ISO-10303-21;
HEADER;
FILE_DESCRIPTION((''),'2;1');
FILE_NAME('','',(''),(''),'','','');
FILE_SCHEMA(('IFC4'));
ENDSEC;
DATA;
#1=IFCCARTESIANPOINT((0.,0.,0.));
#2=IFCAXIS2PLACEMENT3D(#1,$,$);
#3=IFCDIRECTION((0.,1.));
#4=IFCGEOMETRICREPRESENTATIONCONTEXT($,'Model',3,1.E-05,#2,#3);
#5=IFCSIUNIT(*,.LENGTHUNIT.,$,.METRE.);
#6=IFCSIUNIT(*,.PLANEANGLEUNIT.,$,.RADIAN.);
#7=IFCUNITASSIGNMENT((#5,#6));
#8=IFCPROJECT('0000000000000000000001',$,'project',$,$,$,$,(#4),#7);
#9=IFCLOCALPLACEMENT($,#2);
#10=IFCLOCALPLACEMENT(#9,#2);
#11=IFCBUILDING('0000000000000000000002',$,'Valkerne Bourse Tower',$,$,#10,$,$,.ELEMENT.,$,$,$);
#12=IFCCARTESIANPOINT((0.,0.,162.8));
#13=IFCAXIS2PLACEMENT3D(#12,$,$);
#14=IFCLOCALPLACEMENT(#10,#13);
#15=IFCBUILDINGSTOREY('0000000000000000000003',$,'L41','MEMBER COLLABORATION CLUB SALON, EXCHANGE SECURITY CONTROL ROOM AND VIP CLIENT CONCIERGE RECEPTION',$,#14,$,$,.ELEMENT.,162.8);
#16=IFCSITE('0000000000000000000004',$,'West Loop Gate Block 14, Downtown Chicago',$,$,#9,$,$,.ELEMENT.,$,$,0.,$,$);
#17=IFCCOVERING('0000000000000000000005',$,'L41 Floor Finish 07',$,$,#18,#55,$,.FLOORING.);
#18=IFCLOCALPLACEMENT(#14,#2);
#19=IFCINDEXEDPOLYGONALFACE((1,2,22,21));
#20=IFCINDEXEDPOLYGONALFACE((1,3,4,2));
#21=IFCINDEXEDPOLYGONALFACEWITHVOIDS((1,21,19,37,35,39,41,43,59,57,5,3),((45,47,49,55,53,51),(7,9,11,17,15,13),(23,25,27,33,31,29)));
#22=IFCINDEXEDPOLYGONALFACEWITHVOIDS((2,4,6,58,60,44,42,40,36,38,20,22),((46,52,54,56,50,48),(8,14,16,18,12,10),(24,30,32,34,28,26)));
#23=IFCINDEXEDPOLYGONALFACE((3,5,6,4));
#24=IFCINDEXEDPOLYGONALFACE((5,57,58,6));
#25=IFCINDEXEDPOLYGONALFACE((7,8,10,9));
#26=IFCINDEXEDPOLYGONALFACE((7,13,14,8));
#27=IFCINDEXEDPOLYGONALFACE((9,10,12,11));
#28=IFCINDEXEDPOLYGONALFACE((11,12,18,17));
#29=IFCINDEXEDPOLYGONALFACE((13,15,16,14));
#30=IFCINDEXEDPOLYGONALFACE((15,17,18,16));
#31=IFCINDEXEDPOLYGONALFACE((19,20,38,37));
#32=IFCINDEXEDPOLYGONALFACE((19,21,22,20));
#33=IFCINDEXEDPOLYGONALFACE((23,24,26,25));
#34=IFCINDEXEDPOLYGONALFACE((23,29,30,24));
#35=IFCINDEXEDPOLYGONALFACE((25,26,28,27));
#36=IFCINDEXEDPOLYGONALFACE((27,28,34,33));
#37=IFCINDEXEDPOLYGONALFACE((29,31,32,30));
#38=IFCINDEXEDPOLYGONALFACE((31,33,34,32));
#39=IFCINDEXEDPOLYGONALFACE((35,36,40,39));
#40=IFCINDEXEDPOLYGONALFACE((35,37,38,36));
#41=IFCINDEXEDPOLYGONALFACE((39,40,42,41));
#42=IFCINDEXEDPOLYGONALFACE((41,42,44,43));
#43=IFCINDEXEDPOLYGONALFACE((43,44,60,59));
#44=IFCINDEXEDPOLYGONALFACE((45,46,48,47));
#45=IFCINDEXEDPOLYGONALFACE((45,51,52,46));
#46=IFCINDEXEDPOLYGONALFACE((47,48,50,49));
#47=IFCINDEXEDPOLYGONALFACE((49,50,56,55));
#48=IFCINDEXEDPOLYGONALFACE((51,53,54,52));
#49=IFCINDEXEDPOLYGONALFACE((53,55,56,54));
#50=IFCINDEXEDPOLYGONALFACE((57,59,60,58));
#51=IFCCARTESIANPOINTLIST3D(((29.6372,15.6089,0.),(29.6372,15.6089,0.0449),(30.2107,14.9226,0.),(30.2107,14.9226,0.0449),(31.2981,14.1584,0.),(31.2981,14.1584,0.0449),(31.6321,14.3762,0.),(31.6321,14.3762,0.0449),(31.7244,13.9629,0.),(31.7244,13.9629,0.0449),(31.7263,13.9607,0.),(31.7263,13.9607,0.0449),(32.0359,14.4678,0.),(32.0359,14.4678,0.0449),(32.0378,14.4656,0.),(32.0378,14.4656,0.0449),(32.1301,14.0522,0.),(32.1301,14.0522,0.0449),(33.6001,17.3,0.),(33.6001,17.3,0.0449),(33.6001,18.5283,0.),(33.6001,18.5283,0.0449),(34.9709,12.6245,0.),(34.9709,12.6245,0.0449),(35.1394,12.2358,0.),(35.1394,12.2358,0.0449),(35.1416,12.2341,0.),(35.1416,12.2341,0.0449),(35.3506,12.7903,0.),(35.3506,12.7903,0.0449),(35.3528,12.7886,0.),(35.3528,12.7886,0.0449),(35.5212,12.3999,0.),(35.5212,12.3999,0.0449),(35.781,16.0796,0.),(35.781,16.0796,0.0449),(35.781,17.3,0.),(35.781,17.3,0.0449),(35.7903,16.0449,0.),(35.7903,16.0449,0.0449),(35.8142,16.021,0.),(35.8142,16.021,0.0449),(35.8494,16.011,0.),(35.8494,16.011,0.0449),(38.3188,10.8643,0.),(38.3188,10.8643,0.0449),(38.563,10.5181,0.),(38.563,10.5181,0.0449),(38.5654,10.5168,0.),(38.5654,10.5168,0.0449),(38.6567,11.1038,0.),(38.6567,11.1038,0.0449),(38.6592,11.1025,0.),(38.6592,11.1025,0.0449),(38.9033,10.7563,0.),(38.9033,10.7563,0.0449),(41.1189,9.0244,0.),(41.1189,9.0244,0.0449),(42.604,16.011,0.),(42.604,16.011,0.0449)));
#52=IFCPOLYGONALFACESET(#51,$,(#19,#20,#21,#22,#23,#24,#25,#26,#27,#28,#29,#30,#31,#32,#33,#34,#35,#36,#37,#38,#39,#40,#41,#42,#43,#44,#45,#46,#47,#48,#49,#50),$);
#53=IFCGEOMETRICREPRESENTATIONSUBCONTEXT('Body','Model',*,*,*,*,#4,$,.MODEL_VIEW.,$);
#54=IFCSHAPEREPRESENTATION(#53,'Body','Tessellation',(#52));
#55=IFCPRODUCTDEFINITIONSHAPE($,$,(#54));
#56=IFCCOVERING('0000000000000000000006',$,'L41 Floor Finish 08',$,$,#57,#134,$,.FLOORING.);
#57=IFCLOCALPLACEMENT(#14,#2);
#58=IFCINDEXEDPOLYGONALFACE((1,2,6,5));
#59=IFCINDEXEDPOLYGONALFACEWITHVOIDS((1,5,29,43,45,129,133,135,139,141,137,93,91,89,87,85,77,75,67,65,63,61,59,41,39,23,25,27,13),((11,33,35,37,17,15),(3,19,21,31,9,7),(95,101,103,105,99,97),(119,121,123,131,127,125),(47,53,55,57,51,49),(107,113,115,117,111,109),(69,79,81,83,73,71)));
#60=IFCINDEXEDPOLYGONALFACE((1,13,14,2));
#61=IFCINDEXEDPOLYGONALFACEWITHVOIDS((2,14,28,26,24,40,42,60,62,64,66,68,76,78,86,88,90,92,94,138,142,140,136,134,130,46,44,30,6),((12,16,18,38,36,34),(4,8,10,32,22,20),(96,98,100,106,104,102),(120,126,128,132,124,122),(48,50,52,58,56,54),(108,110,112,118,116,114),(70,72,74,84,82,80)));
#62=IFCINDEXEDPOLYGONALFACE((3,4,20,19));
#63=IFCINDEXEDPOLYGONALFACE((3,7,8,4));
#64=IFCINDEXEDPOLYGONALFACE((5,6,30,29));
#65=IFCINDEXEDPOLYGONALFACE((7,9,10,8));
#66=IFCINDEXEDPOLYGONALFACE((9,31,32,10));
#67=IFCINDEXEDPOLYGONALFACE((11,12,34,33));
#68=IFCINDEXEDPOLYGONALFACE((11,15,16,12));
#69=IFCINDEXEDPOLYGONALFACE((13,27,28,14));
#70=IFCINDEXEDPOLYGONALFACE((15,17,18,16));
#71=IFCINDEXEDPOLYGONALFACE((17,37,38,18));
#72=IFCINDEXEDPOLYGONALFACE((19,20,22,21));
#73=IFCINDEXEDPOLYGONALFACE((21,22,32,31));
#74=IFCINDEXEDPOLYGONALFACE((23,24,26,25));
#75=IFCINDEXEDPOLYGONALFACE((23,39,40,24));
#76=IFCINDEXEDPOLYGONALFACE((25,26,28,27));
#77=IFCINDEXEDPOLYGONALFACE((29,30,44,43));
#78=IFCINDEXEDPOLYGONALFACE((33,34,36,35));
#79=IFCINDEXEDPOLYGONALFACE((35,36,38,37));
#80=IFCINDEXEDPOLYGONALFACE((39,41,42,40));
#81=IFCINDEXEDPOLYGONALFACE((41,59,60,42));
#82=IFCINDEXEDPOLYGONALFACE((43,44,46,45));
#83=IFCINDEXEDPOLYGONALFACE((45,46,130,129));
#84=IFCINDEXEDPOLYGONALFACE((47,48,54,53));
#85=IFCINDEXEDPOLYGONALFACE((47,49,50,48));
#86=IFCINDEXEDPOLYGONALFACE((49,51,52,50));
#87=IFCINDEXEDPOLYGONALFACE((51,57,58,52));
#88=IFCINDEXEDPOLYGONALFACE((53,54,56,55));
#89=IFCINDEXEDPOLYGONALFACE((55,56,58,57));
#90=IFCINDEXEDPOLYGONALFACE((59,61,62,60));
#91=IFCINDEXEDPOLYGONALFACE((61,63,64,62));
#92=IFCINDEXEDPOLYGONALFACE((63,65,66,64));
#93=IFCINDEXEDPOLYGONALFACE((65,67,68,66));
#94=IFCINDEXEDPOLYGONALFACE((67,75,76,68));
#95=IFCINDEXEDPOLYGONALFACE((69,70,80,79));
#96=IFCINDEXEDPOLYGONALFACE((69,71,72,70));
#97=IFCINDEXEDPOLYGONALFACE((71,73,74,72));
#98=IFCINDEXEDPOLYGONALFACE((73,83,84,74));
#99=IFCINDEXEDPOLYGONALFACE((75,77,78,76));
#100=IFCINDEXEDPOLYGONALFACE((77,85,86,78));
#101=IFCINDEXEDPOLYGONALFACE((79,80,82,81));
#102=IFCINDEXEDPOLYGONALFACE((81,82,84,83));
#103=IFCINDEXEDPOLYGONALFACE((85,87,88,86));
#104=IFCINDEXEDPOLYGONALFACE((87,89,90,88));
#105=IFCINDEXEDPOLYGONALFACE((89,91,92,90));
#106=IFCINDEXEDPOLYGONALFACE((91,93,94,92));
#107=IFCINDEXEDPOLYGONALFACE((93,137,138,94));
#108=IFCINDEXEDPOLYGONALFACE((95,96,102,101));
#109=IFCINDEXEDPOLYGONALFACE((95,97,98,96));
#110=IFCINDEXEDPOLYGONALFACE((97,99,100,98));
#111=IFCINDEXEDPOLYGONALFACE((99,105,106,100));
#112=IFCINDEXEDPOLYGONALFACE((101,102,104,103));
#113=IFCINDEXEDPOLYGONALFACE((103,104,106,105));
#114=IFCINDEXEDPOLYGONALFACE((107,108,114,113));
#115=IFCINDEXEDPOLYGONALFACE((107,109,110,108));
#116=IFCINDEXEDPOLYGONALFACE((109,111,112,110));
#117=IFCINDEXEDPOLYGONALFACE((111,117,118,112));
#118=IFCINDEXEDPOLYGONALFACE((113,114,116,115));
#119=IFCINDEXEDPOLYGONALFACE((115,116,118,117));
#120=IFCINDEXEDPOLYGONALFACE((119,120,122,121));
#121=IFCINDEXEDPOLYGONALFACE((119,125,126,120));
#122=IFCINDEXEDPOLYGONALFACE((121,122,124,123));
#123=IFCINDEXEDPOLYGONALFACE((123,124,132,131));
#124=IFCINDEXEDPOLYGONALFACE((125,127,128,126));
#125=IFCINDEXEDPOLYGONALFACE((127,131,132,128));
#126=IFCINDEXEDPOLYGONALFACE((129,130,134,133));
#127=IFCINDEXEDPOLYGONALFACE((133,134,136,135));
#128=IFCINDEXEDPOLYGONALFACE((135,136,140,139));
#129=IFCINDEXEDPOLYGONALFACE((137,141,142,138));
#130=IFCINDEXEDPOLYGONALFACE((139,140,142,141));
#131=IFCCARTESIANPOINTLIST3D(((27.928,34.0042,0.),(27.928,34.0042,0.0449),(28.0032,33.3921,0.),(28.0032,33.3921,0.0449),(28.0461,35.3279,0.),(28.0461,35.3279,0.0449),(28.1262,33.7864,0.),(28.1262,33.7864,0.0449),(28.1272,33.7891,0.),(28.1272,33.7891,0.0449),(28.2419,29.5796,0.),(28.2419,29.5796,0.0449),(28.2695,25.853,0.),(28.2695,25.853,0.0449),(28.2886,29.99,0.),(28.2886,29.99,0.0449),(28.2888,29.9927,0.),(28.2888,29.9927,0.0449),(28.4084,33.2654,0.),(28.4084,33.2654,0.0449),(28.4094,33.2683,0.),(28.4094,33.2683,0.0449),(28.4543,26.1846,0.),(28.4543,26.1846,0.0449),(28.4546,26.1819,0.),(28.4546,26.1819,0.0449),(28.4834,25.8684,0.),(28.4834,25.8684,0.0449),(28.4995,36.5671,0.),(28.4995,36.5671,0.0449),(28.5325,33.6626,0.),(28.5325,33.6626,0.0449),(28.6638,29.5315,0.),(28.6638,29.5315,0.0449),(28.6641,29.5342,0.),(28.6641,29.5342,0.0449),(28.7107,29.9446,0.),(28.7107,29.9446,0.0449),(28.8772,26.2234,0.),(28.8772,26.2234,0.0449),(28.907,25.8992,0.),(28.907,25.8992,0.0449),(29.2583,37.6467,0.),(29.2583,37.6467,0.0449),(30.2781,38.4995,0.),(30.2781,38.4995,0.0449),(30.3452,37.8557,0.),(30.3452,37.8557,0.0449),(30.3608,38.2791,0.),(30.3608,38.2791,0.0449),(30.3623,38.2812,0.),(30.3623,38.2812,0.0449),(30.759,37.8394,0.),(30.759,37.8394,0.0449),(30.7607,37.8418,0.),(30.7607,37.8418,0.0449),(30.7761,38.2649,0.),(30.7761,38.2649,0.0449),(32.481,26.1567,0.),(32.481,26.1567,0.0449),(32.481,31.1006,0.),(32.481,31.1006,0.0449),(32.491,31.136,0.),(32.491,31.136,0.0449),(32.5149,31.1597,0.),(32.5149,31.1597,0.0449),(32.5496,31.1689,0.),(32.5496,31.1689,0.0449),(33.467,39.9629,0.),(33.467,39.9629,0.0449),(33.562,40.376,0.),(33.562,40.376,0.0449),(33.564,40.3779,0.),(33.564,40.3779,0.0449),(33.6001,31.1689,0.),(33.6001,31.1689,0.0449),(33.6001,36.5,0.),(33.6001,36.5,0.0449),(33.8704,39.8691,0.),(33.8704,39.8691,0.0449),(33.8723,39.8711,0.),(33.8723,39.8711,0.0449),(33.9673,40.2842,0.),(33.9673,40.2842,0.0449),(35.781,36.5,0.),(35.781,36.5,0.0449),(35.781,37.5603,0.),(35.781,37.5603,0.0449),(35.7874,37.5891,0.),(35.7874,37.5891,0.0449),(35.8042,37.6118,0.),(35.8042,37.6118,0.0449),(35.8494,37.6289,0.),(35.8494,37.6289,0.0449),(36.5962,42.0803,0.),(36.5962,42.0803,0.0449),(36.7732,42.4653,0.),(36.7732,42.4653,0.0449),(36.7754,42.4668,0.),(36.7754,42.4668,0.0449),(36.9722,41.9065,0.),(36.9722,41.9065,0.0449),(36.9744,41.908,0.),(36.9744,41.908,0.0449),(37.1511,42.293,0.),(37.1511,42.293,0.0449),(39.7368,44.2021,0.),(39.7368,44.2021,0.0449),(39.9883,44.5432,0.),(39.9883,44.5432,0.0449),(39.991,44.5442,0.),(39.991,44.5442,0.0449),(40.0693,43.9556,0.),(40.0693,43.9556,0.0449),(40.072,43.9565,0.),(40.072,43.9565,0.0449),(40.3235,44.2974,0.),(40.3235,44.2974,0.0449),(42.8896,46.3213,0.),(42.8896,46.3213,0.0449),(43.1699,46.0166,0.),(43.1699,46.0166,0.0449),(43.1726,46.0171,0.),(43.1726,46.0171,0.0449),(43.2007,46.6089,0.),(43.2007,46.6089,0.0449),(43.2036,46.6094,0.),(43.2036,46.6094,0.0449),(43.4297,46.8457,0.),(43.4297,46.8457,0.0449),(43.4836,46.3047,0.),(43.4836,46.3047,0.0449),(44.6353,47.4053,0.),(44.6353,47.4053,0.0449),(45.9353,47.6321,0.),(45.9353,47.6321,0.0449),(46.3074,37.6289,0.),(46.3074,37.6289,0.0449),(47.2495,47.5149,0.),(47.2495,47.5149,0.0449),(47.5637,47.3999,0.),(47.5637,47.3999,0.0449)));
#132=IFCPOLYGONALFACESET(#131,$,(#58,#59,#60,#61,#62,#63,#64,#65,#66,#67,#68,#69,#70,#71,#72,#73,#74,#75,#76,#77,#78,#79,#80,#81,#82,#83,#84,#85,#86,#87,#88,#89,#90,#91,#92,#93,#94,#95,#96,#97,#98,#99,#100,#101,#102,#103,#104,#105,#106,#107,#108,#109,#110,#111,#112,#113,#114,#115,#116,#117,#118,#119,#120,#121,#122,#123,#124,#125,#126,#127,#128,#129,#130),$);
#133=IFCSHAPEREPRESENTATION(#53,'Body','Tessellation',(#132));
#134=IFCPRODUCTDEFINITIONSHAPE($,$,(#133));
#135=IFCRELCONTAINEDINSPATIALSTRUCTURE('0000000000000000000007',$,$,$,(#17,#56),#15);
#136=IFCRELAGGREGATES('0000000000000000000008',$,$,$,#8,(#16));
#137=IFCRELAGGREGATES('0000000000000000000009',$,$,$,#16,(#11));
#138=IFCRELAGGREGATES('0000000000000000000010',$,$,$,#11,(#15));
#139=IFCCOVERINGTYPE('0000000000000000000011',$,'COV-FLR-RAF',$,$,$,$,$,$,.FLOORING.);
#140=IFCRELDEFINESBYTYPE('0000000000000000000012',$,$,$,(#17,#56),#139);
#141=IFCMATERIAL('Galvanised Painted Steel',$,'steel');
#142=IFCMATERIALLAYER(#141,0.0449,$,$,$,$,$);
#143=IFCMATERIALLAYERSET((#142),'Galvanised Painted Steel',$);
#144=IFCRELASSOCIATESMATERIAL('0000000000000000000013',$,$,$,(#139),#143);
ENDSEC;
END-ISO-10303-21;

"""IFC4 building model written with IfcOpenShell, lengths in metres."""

from ifc_helpers import new_model, si_unit, direction, frame, origin, place, context, subcontext, project, spatial, polyline, outline, extrude, material, layer, layer_set, type_object, element, save


model = new_model("IFC4")

# Units and contexts
model_context = context("Model", 3, precision=1e-05, world=origin(), true_north=direction((0.0, 1.0)))
body_context = subcontext(model_context, "Body", "Model", "MODEL_VIEW")
ifc_project = project(units=[si_unit("LENGTHUNIT", "METRE"), si_unit("PLANEANGLEUNIT", "RADIAN")], contexts=[model_context])

# Site, building, storey
site_placement = place(None, origin())
site = spatial("IfcSite", under=ifc_project, at=site_placement, Name="West Loop Gate Block 14, Downtown Chicago", CompositionType="ELEMENT", RefElevation=0.0)
building_placement = place(site_placement, origin())
building = spatial("IfcBuilding", under=site, at=building_placement, Name="Valkerne Bourse Tower", CompositionType="ELEMENT")
storey_placement = place(building_placement, frame((0.0, 0.0, 162.8)))
storey = spatial("IfcBuildingStorey", under=building, at=storey_placement, Name="L41", Description="MEMBER COLLABORATION CLUB SALON, EXCHANGE SECURITY CONTROL ROOM AND VIP CLIENT CONCIERGE RECEPTION", CompositionType="ELEMENT", Elevation=162.8)

# Coverings
ifc_material_1 = material(Name="Galvanised Painted Steel", Category="steel")
ifc_layer_1 = layer(ifc_material_1, 0.0449)
ifc_layer_set_1 = layer_set([ifc_layer_1], Name="Galvanised Painted Steel")
covering_type_1 = type_object("IfcCoveringType", Name="COV-FLR-RAF", PredefinedType="FLOORING", material=ifc_layer_set_1)
covering_1_placement = place(storey_placement, origin())
element("IfcCovering", 1, at=covering_1_placement, inside=storey, type_object=covering_type_1, Name="L41 Floor Finish 07", PredefinedType="FLOORING", context=body_context, shape_type="SweptSolid", body=[
    extrude(outline(polyline([(29.6372, 15.6089), (33.6001, 18.5283), (33.6001, 17.3), (35.781, 17.3), (35.781, 16.0796), (35.7903, 16.0449), (35.8142, 16.021), (35.8494, 16.011), (42.604, 16.011), (41.1189, 9.0244), (31.2981, 14.1584), (30.2107, 14.9226), (29.6372, 15.6089)]), holes=[polyline([(38.6592, 11.1025), (38.6567, 11.1038), (38.3188, 10.8643), (38.563, 10.5181), (38.5654, 10.5168), (38.9033, 10.7563), (38.6592, 11.1025)]), polyline([(35.3528, 12.7886), (35.3506, 12.7903), (34.9709, 12.6245), (35.1394, 12.2358), (35.1416, 12.2341), (35.5212, 12.3999), (35.3528, 12.7886)]), polyline([(32.1301, 14.0522), (32.0378, 14.4656), (32.0359, 14.4678), (31.6321, 14.3762), (31.7244, 13.9629), (31.7263, 13.9607), (32.1301, 14.0522)])]), origin(), (0.0, 0.0, 1.0), 0.0449),
])
covering_2_placement = place(storey_placement, origin())
element("IfcCovering", 2, at=covering_2_placement, inside=storey, type_object=covering_type_1, Name="L41 Floor Finish 08", PredefinedType="FLOORING", context=body_context, shape_type="SweptSolid", body=[
    extrude(outline(polyline([(28.4995, 36.5671), (29.2583, 37.6467), (30.2781, 38.4995), (43.4297, 46.8457), (44.6353, 47.4053), (45.9353, 47.6321), (47.2495, 47.5149), (47.5637, 47.3999), (46.3074, 37.6289), (35.8494, 37.6289), (35.8042, 37.6118), (35.7874, 37.5891), (35.781, 37.5603), (35.781, 36.5), (33.6001, 36.5), (33.6001, 31.1689), (32.5496, 31.1689), (32.5149, 31.1597), (32.491, 31.136), (32.481, 31.1006), (32.481, 26.1567), (28.907, 25.8992), (28.8772, 26.2234), (28.4543, 26.1846), (28.4546, 26.1819), (28.4834, 25.8684), (28.2695, 25.853), (27.928, 34.0042), (28.0461, 35.3279), (28.4995, 36.5671)]), holes=[polyline([(28.6641, 29.5342), (28.7107, 29.9446), (28.2888, 29.9927), (28.2886, 29.99), (28.2419, 29.5796), (28.6638, 29.5315), (28.6641, 29.5342)]), polyline([(28.5325, 33.6626), (28.1272, 33.7891), (28.1262, 33.7864), (28.0032, 33.3921), (28.4084, 33.2654), (28.4094, 33.2683), (28.5325, 33.6626)]), polyline([(30.7761, 38.2649), (30.3623, 38.2812), (30.3608, 38.2791), (30.3452, 37.8557), (30.759, 37.8394), (30.7607, 37.8418), (30.7761, 38.2649)]), polyline([(33.9673, 40.2842), (33.564, 40.3779), (33.562, 40.376), (33.467, 39.9629), (33.8704, 39.8691), (33.8723, 39.8711), (33.9673, 40.2842)]), polyline([(36.9744, 41.908), (37.1511, 42.293), (36.7754, 42.4668), (36.7732, 42.4653), (36.5962, 42.0803), (36.9722, 41.9065), (36.9744, 41.908)]), polyline([(40.072, 43.9565), (40.3235, 44.2974), (39.991, 44.5442), (39.9883, 44.5432), (39.7368, 44.2021), (40.0693, 43.9556), (40.072, 43.9565)]), polyline([(43.4836, 46.3047), (43.2036, 46.6094), (43.2007, 46.6089), (42.8896, 46.3213), (43.1699, 46.0166), (43.1726, 46.0171), (43.4836, 46.3047)])]), origin(), (0.0, 0.0, 1.0), 0.0449),
])

save(model, "model.ifc")
